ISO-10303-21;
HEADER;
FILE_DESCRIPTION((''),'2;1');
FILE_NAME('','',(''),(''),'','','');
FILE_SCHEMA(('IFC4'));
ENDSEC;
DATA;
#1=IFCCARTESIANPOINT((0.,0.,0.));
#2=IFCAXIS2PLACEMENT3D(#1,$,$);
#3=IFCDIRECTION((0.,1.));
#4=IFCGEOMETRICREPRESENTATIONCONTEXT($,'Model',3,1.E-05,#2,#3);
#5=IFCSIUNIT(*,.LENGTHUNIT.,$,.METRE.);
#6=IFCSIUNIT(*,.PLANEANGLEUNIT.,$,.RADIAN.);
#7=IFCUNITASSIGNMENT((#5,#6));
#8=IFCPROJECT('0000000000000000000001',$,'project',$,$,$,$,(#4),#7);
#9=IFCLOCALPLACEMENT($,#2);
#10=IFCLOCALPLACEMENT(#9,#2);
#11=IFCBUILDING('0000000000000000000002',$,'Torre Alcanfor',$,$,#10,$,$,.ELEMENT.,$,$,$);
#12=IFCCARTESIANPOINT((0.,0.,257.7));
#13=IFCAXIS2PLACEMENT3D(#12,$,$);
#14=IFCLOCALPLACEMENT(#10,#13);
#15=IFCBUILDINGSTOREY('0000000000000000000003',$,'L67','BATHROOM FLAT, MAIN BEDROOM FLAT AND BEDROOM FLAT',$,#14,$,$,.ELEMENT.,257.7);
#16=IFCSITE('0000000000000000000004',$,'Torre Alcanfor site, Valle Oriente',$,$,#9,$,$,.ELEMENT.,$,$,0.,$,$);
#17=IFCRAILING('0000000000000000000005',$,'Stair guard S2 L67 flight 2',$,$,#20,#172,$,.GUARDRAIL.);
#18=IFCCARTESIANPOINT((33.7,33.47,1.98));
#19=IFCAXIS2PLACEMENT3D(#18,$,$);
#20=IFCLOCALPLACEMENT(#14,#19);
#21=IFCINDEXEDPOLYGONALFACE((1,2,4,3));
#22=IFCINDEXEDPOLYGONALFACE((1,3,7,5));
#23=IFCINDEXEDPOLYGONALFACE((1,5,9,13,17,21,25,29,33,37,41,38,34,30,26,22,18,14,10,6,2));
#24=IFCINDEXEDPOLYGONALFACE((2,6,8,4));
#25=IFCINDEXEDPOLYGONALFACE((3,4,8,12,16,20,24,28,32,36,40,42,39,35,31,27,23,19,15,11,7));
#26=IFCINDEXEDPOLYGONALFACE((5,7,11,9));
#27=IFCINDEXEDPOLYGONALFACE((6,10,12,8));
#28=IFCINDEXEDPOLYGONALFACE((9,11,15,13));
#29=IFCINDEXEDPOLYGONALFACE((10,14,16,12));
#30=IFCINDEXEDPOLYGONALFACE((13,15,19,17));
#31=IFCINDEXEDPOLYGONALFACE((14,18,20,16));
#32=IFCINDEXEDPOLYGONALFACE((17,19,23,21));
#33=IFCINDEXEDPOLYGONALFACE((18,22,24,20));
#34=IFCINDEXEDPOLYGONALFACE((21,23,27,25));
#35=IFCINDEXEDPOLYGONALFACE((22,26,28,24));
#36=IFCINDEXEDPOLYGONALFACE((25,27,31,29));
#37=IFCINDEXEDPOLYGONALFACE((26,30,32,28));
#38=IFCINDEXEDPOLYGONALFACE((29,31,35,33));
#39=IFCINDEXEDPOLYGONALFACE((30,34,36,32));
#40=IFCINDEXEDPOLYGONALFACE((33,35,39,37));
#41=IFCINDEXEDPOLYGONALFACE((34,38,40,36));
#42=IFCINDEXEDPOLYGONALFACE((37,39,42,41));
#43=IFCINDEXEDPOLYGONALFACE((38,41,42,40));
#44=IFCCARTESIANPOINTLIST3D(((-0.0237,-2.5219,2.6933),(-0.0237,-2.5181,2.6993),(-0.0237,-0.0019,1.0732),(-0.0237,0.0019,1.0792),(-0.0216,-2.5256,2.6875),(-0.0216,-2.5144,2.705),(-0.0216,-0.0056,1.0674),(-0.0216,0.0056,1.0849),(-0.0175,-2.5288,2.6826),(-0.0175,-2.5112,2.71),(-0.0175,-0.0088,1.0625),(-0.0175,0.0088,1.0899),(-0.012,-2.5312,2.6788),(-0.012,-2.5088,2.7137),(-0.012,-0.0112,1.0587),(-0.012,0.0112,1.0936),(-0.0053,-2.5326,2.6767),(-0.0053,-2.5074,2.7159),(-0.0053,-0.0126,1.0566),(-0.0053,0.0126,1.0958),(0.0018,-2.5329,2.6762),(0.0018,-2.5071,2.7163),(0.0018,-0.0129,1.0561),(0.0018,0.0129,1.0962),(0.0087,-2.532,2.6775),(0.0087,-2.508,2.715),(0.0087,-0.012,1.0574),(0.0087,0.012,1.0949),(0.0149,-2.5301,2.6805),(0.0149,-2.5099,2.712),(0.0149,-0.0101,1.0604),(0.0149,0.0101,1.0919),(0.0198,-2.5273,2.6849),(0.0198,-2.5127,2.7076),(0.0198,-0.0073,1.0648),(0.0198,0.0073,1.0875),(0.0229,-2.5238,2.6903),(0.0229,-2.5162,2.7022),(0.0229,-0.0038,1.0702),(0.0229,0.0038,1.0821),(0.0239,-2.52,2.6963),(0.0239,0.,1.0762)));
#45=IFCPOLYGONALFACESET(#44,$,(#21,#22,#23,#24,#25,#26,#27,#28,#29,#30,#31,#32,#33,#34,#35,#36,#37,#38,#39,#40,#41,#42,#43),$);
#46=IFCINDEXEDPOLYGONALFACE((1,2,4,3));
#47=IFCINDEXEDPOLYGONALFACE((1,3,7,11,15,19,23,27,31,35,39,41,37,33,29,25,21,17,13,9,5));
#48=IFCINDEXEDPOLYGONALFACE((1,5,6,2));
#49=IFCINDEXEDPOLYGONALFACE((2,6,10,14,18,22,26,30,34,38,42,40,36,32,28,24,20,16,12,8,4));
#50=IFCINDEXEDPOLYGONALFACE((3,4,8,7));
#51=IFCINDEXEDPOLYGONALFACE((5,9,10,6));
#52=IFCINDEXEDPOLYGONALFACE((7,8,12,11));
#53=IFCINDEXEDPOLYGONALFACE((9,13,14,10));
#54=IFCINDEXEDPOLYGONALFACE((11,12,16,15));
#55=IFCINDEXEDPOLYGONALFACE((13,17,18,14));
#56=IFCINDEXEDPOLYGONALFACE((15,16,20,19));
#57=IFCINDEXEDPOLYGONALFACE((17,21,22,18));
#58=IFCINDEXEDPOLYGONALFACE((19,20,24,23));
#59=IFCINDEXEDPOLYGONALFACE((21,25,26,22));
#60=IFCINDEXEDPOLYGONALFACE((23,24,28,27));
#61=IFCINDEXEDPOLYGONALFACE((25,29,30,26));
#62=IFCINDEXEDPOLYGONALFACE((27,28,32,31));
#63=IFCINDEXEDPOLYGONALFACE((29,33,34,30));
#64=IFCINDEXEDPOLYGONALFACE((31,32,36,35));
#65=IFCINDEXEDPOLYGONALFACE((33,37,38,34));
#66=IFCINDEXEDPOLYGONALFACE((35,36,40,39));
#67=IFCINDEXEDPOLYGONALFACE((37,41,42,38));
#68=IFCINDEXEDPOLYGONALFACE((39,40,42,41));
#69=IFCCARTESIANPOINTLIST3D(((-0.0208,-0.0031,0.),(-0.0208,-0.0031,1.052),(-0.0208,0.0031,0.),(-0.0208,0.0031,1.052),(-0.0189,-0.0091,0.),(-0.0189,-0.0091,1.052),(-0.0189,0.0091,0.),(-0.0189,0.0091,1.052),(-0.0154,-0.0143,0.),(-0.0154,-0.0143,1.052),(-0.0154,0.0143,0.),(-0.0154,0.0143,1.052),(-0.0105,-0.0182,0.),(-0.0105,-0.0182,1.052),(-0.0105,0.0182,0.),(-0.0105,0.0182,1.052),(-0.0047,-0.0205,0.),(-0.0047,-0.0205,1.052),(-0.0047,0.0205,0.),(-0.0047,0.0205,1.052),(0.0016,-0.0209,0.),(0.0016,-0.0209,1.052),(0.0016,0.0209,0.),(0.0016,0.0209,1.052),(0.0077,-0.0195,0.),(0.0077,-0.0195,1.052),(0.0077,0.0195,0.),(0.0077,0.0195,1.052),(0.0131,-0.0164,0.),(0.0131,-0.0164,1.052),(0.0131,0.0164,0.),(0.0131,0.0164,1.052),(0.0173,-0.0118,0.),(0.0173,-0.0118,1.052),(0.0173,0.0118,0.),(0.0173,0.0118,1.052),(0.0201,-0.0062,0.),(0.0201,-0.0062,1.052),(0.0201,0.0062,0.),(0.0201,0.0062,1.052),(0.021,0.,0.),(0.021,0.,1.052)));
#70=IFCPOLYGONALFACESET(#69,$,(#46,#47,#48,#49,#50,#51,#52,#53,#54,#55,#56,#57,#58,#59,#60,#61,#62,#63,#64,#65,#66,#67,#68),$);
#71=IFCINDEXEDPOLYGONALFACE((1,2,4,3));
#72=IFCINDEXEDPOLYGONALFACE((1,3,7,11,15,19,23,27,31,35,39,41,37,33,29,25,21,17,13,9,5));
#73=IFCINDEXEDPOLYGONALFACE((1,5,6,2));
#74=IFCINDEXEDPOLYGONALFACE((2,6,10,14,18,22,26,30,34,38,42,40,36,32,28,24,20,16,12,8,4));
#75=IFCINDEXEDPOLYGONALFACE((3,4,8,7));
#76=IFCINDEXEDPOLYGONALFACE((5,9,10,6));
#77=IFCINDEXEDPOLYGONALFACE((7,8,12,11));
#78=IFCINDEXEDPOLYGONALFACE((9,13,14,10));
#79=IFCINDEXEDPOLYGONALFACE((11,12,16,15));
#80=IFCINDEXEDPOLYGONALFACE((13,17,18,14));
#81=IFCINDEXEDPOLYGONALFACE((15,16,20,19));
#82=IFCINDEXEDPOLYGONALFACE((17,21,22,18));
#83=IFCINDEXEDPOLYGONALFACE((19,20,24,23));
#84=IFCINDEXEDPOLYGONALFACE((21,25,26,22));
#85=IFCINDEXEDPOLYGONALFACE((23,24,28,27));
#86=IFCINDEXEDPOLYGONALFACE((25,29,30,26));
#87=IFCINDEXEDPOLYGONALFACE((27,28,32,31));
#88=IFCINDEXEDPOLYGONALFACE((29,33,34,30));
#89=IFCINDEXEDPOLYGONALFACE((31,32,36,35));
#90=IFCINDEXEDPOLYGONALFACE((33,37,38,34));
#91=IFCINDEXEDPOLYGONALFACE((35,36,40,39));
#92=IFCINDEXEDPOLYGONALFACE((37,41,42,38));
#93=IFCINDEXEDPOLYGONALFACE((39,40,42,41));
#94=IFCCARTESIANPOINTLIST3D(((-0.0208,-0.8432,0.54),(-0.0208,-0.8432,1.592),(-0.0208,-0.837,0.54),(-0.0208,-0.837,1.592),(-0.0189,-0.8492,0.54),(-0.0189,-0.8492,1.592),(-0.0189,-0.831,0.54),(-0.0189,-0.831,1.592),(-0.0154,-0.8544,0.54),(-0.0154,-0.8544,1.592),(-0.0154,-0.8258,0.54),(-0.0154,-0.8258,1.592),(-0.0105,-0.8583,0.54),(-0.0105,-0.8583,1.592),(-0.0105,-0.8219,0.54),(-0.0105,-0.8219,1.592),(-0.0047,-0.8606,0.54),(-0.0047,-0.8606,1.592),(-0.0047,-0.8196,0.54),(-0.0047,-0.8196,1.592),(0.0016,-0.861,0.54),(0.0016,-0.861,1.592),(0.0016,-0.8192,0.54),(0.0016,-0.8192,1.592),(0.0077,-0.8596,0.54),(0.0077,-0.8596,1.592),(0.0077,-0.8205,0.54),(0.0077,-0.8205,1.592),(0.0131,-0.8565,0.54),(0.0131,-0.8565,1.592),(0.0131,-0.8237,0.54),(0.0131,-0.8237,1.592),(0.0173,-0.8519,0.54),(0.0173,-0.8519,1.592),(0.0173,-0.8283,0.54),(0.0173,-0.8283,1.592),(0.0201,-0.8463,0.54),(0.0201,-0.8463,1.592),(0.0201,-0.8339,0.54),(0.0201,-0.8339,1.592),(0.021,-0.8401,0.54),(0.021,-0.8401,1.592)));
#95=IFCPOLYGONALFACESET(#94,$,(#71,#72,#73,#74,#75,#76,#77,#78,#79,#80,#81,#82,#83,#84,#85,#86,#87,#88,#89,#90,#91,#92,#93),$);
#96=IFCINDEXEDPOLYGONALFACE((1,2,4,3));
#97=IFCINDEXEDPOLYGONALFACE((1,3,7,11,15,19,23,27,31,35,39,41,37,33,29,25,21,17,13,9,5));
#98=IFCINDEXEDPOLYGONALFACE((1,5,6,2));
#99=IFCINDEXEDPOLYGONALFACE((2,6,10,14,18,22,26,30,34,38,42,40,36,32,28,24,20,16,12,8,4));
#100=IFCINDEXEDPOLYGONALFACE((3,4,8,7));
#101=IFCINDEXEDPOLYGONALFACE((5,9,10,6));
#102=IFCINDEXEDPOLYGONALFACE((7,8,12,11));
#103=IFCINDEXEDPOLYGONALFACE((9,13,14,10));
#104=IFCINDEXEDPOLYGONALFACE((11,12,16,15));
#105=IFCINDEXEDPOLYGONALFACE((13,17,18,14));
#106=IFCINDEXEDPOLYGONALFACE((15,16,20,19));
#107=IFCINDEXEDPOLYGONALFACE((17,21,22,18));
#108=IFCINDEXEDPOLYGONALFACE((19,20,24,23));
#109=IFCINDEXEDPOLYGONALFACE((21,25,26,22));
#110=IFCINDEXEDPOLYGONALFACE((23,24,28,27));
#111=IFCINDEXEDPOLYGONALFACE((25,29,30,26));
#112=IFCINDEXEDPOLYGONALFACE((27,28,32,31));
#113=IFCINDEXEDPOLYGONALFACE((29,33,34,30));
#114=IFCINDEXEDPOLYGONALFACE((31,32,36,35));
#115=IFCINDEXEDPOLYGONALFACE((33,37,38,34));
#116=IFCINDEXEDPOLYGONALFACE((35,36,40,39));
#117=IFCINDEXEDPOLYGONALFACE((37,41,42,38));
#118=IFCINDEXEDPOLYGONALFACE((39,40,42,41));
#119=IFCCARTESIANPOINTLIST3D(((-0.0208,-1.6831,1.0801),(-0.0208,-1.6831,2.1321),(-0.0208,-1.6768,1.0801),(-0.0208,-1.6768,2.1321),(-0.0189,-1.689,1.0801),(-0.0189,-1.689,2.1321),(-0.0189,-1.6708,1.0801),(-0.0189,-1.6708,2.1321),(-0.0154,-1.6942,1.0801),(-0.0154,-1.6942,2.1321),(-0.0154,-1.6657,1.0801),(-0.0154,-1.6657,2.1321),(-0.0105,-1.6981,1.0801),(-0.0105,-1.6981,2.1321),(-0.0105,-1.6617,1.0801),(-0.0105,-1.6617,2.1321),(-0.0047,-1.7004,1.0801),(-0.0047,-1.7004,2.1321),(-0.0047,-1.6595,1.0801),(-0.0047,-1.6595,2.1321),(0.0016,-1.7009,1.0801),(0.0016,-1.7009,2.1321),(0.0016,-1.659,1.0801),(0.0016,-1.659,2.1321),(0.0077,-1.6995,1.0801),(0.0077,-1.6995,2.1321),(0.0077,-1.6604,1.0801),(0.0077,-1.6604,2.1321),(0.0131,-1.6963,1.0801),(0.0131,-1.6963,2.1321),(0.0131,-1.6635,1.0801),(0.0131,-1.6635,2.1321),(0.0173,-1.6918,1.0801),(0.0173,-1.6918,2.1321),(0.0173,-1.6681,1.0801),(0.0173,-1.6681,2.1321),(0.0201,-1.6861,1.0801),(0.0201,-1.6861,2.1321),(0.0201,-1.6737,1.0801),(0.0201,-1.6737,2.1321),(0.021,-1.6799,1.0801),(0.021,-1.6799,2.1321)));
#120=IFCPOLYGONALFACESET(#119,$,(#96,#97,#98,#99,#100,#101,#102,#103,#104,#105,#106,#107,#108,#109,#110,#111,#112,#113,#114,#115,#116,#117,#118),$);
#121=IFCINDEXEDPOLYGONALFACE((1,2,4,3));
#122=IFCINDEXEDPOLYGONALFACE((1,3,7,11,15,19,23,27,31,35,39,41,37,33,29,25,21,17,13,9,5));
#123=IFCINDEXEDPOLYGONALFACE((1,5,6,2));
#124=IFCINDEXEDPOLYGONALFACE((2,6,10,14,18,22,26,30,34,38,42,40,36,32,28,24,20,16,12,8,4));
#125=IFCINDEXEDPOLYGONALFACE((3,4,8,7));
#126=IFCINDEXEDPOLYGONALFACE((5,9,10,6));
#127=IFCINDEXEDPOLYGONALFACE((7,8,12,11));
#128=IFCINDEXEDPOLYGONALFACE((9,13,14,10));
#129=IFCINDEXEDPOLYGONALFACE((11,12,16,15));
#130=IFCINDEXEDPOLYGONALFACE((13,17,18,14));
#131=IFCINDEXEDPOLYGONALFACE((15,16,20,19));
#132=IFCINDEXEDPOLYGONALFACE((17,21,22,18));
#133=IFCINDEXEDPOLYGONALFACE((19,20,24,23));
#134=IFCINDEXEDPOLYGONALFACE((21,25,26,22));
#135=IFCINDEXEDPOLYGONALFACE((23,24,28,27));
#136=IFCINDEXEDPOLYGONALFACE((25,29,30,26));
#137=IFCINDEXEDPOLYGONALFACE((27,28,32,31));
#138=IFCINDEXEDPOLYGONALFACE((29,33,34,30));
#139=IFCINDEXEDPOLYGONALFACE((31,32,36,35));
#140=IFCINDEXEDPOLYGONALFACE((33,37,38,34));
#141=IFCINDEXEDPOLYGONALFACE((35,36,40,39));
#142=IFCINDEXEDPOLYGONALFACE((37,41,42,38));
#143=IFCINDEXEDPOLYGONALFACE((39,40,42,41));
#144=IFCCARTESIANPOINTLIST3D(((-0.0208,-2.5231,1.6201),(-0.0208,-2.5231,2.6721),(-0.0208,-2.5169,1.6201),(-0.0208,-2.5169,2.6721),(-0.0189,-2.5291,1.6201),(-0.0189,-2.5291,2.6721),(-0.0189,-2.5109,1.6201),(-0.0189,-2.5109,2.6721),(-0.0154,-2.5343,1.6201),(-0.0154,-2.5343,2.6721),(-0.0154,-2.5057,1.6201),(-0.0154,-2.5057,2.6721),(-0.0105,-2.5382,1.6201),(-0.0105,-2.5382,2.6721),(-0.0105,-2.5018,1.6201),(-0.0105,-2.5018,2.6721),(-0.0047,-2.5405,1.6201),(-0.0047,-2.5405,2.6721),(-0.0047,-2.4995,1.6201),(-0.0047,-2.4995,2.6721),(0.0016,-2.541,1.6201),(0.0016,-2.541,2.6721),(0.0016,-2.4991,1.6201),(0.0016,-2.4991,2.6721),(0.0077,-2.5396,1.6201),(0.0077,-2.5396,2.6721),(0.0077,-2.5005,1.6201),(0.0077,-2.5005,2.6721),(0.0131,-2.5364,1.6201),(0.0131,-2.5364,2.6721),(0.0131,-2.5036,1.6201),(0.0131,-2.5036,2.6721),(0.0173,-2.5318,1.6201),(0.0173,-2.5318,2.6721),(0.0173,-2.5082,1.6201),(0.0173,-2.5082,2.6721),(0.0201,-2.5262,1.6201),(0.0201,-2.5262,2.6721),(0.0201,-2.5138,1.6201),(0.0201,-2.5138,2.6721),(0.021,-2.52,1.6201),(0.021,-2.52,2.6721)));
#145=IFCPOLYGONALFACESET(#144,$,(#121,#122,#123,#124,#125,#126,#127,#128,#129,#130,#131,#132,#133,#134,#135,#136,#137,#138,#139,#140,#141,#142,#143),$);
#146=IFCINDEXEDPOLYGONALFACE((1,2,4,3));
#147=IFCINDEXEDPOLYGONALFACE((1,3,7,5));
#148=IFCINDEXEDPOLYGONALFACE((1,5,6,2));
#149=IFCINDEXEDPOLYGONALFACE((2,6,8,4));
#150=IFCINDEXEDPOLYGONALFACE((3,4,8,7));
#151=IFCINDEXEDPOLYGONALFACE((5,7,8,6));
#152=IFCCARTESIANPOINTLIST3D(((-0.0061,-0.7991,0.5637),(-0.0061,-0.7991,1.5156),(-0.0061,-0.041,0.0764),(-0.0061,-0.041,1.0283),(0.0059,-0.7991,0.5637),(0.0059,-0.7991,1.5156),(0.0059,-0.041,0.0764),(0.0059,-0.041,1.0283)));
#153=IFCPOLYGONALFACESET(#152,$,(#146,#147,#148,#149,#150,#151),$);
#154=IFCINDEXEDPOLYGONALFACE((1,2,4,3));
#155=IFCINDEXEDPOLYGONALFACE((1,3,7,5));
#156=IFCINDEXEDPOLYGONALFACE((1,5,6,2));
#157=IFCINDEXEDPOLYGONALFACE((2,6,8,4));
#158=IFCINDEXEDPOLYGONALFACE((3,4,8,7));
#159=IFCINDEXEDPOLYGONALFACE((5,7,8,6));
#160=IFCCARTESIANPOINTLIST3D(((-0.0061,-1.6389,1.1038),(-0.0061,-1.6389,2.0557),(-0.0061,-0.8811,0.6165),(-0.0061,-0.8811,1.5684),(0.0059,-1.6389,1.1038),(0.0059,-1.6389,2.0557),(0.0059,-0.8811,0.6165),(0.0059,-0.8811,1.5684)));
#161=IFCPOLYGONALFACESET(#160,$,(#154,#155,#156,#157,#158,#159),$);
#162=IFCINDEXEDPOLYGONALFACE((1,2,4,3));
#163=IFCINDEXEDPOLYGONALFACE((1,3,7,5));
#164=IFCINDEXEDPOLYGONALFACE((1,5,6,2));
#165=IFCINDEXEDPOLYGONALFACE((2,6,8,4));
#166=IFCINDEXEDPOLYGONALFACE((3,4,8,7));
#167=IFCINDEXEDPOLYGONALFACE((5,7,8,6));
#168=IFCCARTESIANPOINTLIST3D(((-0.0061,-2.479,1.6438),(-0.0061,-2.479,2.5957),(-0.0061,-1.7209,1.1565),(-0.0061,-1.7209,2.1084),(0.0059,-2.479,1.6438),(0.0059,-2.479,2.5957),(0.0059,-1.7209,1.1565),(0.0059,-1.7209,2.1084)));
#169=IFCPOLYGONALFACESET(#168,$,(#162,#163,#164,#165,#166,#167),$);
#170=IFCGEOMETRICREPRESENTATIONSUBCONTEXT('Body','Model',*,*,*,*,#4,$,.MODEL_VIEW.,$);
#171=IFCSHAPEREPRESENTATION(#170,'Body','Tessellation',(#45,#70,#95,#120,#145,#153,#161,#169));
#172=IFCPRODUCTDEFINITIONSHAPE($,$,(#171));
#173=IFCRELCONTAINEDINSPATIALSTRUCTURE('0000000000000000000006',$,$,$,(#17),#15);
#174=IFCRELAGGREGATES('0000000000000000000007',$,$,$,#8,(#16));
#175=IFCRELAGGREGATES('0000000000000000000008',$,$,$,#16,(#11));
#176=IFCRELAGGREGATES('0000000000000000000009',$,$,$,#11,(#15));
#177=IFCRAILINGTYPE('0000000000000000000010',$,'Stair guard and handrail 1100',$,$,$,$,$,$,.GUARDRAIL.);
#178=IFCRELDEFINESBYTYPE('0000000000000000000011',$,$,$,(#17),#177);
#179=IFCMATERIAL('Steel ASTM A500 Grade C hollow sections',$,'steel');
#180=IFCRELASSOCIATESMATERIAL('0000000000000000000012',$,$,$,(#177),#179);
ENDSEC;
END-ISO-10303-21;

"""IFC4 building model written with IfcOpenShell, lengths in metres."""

from ifc_helpers import new_model, si_unit, direction, frame, origin, origin_2d, place, context, subcontext, project, spatial, polyline, circle, outline, extrude, material, type_object, element, save


model = new_model("IFC4")

# Units and contexts
model_context = context("Model", 3, precision=1e-05, world=origin(), true_north=direction((0.0, 1.0)))
body_context = subcontext(model_context, "Body", "Model", "MODEL_VIEW")
ifc_project = project(units=[si_unit("LENGTHUNIT", "METRE"), si_unit("PLANEANGLEUNIT", "RADIAN")], contexts=[model_context])

# Site, building, storey
site_placement = place(None, origin())
site = spatial("IfcSite", under=ifc_project, at=site_placement, Name="Torre Alcanfor site, Valle Oriente", CompositionType="ELEMENT", RefElevation=0.0)
building_placement = place(site_placement, origin())
building = spatial("IfcBuilding", under=site, at=building_placement, Name="Torre Alcanfor", CompositionType="ELEMENT")
storey_placement = place(building_placement, frame((0.0, 0.0, 257.7)))
storey = spatial("IfcBuildingStorey", under=building, at=storey_placement, Name="L67", Description="BATHROOM FLAT, MAIN BEDROOM FLAT AND BEDROOM FLAT", CompositionType="ELEMENT", Elevation=257.7)

# Railing
ifc_material_1 = material(Name="Steel ASTM A500 Grade C hollow sections", Category="steel")
railing_type_1 = type_object("IfcRailingType", Name="Stair guard and handrail 1100", PredefinedType="GUARDRAIL", material=ifc_material_1)
railing_1_placement = place(storey_placement, frame((33.7, 33.47, 1.98)))
element("IfcRailing", 1, at=railing_1_placement, inside=storey, type_object=railing_type_1, Name="Stair guard S2 L67 flight 2", PredefinedType="GUARDRAIL", context=body_context, shape_type="SweptSolid", body=[
    extrude(circle(Radius=0.0239, at=origin_2d()), frame((0.0, 0.0, 1.0762), z_axis=(0.0, -0.841163, 0.540782), x_axis=(1.0, 0.0, 0.0)), (0.0, 0.0, 1.0), 2.9958),
    extrude(circle(Radius=0.021, at=origin_2d()), origin(), (0.0, 0.0, 1.0), 1.052),
    extrude(circle(Radius=0.021, at=origin_2d()), frame((0.0, -0.8401, 0.54)), (0.0, 0.0, 1.0), 1.052),
    extrude(circle(Radius=0.021, at=origin_2d()), frame((0.0, -1.6799, 1.0801)), (0.0, 0.0, 1.0), 1.052),
    extrude(circle(Radius=0.021, at=origin_2d()), frame((0.0, -2.52, 1.6201)), (0.0, 0.0, 1.0), 1.052),
    extrude(outline(polyline([(0.041, 0.0764), (0.7991, 0.5637), (0.7991, 1.5156), (0.041, 1.0283), (0.041, 0.0764)])), frame((0.0059, 0.0, 0.0), z_axis=(-1.0, 0.0, 0.0), x_axis=(0.0, -1.0, 0.0)), (0.0, 0.0, 1.0), 0.012),
    extrude(outline(polyline([(0.8811, 0.6165), (1.6389, 1.1038), (1.6389, 2.0557), (0.8811, 1.5684), (0.8811, 0.6165)])), frame((0.0059, 0.0, 0.0), z_axis=(-1.0, 0.0, 0.0), x_axis=(0.0, -1.0, 0.0)), (0.0, 0.0, 1.0), 0.012),
    extrude(outline(polyline([(1.7209, 1.1565), (2.479, 1.6438), (2.479, 2.5957), (1.7209, 2.1084), (1.7209, 1.1565)])), frame((0.0059, 0.0, 0.0), z_axis=(-1.0, 0.0, 0.0), x_axis=(0.0, -1.0, 0.0)), (0.0, 0.0, 1.0), 0.012),
])

save(model, "model.ifc")
